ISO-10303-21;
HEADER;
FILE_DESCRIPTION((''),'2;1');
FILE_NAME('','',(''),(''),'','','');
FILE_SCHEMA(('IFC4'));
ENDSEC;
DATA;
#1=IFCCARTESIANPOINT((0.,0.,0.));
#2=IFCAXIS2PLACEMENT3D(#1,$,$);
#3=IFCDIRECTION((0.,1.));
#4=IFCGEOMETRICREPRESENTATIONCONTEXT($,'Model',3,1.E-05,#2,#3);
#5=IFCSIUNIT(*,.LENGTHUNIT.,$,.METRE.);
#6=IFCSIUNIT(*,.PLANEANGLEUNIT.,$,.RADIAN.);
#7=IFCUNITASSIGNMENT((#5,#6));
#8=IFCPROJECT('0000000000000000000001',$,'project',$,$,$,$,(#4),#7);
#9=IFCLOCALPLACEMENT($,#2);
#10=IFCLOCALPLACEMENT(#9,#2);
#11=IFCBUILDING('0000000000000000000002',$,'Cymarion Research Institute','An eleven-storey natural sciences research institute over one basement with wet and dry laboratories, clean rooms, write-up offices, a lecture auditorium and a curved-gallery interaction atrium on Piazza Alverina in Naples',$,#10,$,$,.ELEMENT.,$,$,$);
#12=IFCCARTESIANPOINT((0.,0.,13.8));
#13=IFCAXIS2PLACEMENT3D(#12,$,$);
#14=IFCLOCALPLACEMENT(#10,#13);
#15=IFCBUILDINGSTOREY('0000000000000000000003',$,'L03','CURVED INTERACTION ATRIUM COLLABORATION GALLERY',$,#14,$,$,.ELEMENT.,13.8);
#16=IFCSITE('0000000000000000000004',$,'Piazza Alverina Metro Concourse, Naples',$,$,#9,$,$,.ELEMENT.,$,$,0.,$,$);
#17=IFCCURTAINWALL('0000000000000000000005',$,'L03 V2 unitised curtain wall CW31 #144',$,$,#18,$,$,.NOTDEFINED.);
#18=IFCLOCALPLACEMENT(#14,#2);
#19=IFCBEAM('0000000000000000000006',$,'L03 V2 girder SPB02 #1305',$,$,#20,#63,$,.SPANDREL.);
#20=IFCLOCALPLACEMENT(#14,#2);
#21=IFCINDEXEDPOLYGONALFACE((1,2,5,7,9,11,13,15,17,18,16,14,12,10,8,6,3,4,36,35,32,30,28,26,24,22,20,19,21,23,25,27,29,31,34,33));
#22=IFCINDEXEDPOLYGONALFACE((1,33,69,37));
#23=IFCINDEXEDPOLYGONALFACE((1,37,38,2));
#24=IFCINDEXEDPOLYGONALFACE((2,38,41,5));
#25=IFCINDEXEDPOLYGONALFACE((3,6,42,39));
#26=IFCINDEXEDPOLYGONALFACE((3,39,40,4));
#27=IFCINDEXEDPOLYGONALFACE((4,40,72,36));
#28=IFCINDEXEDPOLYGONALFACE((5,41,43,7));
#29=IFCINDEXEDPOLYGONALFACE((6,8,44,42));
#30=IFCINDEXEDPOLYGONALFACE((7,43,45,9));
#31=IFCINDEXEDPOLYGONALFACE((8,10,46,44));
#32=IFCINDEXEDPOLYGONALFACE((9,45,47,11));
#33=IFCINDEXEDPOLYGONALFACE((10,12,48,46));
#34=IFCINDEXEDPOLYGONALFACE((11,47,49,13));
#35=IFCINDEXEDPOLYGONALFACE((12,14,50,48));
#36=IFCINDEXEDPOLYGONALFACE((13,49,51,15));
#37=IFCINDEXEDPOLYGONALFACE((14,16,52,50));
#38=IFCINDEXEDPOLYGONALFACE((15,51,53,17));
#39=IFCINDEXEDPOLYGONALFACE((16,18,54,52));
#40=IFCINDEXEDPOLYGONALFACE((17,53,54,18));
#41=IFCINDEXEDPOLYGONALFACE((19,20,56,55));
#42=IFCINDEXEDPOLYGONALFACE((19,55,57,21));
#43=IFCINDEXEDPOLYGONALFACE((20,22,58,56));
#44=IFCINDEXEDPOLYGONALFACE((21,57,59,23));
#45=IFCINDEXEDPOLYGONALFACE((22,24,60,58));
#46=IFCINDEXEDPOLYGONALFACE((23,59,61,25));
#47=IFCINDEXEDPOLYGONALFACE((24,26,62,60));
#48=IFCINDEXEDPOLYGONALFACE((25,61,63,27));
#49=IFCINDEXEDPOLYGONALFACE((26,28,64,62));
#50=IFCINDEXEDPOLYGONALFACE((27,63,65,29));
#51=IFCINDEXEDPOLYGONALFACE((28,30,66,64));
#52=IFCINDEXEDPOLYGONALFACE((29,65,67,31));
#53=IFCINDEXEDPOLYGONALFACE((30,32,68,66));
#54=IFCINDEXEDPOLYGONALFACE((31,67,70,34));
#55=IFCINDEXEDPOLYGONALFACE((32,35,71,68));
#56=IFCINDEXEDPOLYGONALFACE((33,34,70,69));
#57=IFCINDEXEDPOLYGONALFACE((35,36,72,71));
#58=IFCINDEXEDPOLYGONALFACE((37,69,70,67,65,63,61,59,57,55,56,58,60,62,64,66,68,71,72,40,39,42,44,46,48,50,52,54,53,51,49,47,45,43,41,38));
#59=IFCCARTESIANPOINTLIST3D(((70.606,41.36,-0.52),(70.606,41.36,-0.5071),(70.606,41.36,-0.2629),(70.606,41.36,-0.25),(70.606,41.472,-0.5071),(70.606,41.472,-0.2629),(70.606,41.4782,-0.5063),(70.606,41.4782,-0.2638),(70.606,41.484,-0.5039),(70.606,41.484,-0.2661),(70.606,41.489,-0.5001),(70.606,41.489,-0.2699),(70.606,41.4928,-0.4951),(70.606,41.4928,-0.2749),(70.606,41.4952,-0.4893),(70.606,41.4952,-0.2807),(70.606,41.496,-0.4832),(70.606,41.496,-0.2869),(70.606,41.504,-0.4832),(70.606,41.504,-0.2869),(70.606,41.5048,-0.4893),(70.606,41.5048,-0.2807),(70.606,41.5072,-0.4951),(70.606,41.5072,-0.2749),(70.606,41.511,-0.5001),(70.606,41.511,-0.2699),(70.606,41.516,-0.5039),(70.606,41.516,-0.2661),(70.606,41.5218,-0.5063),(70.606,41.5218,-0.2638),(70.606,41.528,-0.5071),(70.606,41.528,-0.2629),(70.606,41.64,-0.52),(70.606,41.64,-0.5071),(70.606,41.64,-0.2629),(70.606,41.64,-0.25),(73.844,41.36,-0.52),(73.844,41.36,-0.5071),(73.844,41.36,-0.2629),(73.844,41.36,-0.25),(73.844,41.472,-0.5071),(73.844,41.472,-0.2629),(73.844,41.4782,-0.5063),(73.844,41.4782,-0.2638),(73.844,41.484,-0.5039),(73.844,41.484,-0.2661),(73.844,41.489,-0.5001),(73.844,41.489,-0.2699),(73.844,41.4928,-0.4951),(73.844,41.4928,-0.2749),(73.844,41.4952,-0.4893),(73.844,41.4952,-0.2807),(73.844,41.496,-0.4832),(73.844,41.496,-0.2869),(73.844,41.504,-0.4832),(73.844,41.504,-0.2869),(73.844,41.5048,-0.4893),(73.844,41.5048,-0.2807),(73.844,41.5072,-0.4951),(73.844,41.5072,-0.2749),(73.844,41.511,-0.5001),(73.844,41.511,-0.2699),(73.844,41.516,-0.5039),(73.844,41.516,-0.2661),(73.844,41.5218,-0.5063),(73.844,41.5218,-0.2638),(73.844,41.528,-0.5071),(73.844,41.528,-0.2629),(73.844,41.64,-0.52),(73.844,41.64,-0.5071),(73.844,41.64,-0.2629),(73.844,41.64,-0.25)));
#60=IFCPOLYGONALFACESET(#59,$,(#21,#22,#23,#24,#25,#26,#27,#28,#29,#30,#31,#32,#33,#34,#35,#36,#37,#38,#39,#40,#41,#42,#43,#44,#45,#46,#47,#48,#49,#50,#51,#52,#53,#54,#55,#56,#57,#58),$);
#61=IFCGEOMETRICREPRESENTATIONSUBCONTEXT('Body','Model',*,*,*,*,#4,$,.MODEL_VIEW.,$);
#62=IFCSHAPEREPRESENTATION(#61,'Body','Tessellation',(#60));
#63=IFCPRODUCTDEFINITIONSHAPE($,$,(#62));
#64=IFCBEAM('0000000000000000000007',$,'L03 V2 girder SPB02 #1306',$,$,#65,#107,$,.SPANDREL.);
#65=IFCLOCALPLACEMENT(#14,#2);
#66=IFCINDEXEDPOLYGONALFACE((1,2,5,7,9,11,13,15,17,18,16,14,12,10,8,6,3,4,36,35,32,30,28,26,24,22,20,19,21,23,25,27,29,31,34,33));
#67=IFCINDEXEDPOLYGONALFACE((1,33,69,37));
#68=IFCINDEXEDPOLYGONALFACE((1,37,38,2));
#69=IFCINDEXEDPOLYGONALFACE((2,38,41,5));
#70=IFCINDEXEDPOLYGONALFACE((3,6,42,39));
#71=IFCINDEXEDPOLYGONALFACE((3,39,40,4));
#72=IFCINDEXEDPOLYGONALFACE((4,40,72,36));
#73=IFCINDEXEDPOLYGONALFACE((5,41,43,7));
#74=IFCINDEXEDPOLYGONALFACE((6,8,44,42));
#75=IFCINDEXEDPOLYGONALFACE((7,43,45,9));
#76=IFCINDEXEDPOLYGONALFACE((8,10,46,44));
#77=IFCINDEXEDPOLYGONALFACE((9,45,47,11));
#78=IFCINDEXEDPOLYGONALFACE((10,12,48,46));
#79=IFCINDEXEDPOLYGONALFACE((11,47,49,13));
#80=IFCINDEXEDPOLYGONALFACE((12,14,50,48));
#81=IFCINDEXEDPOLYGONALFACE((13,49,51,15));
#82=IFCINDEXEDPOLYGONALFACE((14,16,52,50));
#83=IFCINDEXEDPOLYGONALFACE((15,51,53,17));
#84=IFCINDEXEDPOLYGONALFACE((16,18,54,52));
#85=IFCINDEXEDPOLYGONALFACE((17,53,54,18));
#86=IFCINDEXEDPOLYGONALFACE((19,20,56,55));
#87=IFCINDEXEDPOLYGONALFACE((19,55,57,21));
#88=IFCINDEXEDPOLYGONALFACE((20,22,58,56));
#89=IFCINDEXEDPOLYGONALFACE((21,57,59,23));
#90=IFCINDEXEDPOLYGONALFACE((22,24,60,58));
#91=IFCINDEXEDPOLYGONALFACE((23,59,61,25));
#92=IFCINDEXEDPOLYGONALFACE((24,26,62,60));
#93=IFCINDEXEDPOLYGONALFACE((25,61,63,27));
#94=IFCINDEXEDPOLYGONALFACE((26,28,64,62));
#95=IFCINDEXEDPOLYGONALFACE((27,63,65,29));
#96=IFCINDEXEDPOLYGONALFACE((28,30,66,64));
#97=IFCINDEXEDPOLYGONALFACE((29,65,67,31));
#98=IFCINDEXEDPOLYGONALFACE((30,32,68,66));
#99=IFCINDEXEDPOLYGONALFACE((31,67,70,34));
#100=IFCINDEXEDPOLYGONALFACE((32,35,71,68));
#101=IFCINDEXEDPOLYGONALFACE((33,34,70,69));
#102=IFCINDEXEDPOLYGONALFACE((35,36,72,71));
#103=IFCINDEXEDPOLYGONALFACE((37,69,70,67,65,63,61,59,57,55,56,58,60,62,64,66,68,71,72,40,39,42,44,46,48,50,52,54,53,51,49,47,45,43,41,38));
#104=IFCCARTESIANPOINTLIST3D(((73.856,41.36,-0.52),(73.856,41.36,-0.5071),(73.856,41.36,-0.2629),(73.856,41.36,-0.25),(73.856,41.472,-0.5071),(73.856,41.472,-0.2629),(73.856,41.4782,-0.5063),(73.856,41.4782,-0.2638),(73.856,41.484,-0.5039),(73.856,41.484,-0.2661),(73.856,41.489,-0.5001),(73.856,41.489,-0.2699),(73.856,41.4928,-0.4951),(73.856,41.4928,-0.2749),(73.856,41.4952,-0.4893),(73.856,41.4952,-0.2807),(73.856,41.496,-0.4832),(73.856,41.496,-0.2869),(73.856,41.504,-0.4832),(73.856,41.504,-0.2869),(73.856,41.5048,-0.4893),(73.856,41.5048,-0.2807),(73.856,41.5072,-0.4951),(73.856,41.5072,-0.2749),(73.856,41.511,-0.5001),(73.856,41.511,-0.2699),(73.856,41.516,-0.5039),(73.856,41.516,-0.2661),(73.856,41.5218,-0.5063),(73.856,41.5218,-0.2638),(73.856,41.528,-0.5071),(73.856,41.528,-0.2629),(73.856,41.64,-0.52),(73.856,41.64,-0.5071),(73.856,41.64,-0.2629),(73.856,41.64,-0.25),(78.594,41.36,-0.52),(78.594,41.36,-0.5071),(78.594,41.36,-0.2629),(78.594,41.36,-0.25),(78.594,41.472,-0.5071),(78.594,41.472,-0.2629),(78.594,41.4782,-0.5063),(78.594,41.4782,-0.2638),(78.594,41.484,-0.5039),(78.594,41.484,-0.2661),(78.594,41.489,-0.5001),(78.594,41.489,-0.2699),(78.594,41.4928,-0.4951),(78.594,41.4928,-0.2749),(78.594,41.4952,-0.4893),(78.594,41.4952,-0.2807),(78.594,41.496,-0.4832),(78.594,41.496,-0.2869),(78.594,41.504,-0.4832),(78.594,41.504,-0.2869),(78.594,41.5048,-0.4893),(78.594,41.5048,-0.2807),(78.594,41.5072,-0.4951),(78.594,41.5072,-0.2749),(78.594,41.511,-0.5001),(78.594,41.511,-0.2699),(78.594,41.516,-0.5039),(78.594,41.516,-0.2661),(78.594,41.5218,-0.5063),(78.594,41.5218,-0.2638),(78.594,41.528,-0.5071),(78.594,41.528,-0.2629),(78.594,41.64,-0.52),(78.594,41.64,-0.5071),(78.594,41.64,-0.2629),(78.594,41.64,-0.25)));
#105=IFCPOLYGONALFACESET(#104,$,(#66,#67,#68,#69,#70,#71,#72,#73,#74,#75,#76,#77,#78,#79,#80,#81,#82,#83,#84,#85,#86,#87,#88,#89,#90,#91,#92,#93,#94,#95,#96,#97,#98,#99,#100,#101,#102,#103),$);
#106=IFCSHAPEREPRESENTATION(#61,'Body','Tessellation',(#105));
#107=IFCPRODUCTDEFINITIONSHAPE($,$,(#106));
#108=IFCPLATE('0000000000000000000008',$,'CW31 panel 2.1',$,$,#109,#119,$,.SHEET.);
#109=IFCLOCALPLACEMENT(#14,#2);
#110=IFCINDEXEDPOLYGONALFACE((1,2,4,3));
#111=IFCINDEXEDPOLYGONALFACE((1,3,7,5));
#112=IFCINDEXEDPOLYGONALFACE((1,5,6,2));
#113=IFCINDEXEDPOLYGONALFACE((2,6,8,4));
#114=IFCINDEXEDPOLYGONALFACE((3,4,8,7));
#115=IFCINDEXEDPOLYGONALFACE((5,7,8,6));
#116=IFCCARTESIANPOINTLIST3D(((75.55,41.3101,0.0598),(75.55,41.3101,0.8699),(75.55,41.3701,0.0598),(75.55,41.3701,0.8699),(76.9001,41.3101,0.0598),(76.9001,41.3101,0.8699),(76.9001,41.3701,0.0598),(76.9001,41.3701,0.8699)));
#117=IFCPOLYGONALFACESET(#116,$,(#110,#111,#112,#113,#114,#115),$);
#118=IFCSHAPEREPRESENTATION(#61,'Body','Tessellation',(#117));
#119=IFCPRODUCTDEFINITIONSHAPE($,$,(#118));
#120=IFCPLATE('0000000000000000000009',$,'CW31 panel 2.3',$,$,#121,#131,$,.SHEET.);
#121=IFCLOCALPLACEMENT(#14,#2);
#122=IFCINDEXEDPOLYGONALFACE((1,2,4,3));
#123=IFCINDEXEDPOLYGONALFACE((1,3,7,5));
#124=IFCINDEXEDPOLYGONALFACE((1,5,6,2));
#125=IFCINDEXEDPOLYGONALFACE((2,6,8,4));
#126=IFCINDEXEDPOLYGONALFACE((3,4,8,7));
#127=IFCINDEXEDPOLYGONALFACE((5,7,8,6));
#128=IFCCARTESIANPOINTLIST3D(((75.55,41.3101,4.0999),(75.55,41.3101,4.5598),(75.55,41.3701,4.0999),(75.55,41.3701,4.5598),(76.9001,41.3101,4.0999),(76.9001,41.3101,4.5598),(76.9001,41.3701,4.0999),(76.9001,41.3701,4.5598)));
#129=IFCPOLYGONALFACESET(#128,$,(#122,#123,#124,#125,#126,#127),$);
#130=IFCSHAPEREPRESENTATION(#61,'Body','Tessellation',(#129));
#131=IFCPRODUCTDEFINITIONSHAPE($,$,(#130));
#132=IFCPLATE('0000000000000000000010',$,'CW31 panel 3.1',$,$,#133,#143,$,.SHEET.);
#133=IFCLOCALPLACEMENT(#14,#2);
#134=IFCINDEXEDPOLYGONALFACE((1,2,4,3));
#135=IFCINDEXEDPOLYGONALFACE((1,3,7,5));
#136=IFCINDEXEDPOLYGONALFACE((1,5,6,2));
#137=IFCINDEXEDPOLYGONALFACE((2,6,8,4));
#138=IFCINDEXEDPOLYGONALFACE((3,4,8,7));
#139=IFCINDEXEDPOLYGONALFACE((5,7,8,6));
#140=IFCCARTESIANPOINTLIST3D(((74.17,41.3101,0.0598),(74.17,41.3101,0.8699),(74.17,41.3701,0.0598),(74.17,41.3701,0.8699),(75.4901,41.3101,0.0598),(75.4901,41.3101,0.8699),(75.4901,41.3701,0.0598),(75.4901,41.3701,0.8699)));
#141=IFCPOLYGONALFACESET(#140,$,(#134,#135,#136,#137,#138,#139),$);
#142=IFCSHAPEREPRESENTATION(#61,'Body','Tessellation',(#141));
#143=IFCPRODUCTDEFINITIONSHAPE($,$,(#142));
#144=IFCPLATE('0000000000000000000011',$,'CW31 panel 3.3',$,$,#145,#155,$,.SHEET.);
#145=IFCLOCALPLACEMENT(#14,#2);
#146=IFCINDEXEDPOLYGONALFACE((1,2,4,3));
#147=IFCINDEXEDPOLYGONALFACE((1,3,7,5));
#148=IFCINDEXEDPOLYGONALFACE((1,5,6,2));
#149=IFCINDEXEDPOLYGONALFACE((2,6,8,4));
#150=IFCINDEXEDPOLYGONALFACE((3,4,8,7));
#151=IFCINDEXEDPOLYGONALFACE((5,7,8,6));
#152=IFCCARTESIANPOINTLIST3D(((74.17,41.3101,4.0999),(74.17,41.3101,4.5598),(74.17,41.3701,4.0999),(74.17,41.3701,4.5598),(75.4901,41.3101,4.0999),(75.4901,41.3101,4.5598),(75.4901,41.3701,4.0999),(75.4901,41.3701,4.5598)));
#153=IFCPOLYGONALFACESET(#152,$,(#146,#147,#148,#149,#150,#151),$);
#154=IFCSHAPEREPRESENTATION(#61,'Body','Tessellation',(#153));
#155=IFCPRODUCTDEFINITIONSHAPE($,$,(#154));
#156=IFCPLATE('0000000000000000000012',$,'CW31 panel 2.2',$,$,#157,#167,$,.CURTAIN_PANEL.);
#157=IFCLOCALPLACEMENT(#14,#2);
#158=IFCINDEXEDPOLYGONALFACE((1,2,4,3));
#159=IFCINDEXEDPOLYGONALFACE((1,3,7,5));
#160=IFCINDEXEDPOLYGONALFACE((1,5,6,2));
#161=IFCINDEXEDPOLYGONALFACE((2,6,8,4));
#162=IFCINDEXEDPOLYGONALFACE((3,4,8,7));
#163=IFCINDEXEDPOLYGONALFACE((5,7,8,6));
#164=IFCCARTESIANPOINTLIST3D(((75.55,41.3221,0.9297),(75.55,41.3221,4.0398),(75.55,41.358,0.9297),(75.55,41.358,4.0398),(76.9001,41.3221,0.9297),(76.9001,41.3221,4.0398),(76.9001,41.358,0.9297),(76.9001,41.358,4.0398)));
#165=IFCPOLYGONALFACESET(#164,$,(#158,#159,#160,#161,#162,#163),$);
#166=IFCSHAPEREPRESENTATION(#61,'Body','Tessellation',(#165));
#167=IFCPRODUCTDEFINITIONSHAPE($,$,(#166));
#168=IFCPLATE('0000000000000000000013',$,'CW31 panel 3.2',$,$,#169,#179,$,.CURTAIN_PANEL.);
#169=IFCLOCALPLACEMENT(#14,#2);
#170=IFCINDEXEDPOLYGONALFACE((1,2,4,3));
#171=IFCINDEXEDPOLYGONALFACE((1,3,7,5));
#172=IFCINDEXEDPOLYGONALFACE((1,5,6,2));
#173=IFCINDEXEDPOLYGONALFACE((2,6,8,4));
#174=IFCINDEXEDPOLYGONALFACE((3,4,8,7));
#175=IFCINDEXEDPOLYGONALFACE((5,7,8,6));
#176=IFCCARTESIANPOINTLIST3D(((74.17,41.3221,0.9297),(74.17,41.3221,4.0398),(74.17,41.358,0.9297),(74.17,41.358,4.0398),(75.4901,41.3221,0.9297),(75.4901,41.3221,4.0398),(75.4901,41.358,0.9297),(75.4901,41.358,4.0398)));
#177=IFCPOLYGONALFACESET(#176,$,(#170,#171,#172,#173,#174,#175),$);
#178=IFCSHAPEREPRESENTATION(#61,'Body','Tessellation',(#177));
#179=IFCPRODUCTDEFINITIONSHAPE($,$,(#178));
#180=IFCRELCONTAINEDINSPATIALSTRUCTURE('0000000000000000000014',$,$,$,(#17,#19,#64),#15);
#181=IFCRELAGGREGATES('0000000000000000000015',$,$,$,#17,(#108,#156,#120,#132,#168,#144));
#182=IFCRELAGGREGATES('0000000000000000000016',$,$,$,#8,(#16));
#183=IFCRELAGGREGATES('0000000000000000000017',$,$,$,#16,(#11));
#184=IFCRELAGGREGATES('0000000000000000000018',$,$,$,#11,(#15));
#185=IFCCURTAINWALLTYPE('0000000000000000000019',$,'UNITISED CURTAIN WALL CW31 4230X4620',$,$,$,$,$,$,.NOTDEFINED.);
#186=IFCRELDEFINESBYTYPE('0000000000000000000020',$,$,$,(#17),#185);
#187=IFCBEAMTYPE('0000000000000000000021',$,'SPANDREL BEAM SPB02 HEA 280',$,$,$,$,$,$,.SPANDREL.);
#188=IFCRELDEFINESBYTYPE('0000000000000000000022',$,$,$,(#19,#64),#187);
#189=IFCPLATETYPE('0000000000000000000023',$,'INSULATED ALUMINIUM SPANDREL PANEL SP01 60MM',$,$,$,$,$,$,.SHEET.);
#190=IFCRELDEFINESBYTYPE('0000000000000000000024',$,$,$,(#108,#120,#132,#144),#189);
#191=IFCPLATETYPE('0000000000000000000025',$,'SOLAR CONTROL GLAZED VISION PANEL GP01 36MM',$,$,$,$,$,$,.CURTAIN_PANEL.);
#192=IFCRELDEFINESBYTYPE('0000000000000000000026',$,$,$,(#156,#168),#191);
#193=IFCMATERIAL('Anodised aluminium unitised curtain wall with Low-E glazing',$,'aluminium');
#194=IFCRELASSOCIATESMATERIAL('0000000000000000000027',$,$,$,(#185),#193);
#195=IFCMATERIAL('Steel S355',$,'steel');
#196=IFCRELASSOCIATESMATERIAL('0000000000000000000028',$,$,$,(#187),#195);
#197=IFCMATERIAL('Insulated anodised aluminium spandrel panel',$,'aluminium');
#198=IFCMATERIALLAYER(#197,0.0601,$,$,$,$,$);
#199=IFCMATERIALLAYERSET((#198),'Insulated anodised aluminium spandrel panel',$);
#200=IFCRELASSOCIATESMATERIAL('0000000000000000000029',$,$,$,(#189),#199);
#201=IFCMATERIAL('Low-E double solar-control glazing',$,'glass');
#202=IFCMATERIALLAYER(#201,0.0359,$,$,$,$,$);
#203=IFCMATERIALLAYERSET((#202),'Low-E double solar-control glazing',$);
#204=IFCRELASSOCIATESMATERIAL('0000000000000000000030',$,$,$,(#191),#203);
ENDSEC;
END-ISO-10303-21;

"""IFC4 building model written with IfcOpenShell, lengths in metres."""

from ifc_helpers import new_model, si_unit, direction, frame, origin, origin_2d, place, context, subcontext, project, spatial, rectangle, i_section, extrude, material, layer, layer_set, material_profile, profile_set, type_object, element, aggregate, save


model = new_model("IFC4")

# Units and contexts
model_context = context("Model", 3, precision=1e-05, world=origin(), true_north=direction((0.0, 1.0)))
body_context = subcontext(model_context, "Body", "Model", "MODEL_VIEW")
ifc_project = project(units=[si_unit("LENGTHUNIT", "METRE"), si_unit("PLANEANGLEUNIT", "RADIAN")], contexts=[model_context])

# Site, building, storey
site_placement = place(None, origin())
site = spatial("IfcSite", under=ifc_project, at=site_placement, Name="Piazza Alverina Metro Concourse, Naples", CompositionType="ELEMENT", RefElevation=0.0)
building_placement = place(site_placement, origin())
building = spatial("IfcBuilding", under=site, at=building_placement, Name="Cymarion Research Institute", Description="An eleven-storey natural sciences research institute over one basement with wet and dry laboratories, clean rooms, write-up offices, a lecture auditorium and a curved-gallery interaction atrium on Piazza Alverina in Naples", CompositionType="ELEMENT")
storey_placement = place(building_placement, frame((0.0, 0.0, 13.8)))
storey = spatial("IfcBuildingStorey", under=building, at=storey_placement, Name="L03", Description="CURVED INTERACTION ATRIUM COLLABORATION GALLERY", CompositionType="ELEMENT", Elevation=13.8)

# Shared definitions
ifc_material_1 = material(Name="Steel S355", Category="steel")

# Curtain wall
ifc_material_2 = material(Name="Anodised aluminium unitised curtain wall with Low-E glazing", Category="aluminium")
curtain_wall_type_1 = type_object("IfcCurtainWallType", Name="UNITISED CURTAIN WALL CW31 4230X4620", PredefinedType="NOTDEFINED", material=ifc_material_2)
curtain_wall_1_placement = place(storey_placement, origin())
curtain_wall_1 = element("IfcCurtainWall", 1, at=curtain_wall_1_placement, inside=storey, type_object=curtain_wall_type_1, Name="L03 V2 unitised curtain wall CW31 #144", PredefinedType="NOTDEFINED")

# Beams
ifc_material_profile_1 = material_profile(ifc_material_1, i_section(OverallWidth=0.28, OverallDepth=0.27, WebThickness=0.0081, FlangeThickness=0.0129, FilletRadius=0.0239, at=origin_2d()), Name="HEA 280")
ifc_profile_set_1 = profile_set([ifc_material_profile_1], Name="Steel S355")
beam_type = type_object("IfcBeamType", Name="SPANDREL BEAM SPB02 HEA 280", PredefinedType="SPANDREL", material=ifc_profile_set_1)
beam_1_placement = place(storey_placement, frame((70.606, 41.5, -0.385), z_axis=(1.0, 0.0, 0.0), x_axis=(0.0, 1.0, 0.0)))
element("IfcBeam", 2, at=beam_1_placement, inside=storey, type_object=beam_type, Name="L03 V2 girder SPB02 #1305", PredefinedType="SPANDREL", context=body_context, shape_type="SweptSolid", body=[
    extrude(i_section(OverallWidth=0.28, OverallDepth=0.27, WebThickness=0.0081, FlangeThickness=0.0129, FilletRadius=0.0239, at=origin_2d()), origin(), (0.0, 0.0, 1.0), 3.238),
])
beam_2_placement = place(storey_placement, frame((73.856, 41.5, -0.385), z_axis=(1.0, 0.0, 0.0), x_axis=(0.0, 1.0, 0.0)))
element("IfcBeam", 3, at=beam_2_placement, inside=storey, type_object=beam_type, Name="L03 V2 girder SPB02 #1306", PredefinedType="SPANDREL", context=body_context, shape_type="SweptSolid", body=[
    extrude(i_section(OverallWidth=0.28, OverallDepth=0.27, WebThickness=0.0081, FlangeThickness=0.0129, FilletRadius=0.0239, at=origin_2d()), origin(), (0.0, 0.0, 1.0), 4.738),
])

# Plates
ifc_material_3 = material(Name="Insulated anodised aluminium spandrel panel", Category="aluminium")
ifc_layer_1 = layer(ifc_material_3, 0.0601)
ifc_layer_set_1 = layer_set([ifc_layer_1], Name="Insulated anodised aluminium spandrel panel")
plate_type_1 = type_object("IfcPlateType", Name="INSULATED ALUMINIUM SPANDREL PANEL SP01 60MM", PredefinedType="SHEET", material=ifc_layer_set_1)
plate_1_placement = place(storey_placement, frame((76.2251, 41.3401, 0.0598), z_axis=(0.0, 0.0, 1.0), x_axis=(-1.0, 0.0, 0.0)))
plate_1 = element("IfcPlate", 4, at=plate_1_placement, type_object=plate_type_1, Name="CW31 panel 2.1", PredefinedType="SHEET", context=body_context, shape_type="SweptSolid", body=[
    extrude(rectangle(XDim=1.3501, YDim=0.0601, at=origin_2d()), origin(), (0.0, 0.0, 1.0), 0.8101),
])
plate_2_placement = place(storey_placement, frame((76.2251, 41.3401, 4.0999), z_axis=(0.0, 0.0, 1.0), x_axis=(-1.0, 0.0, 0.0)))
plate_2 = element("IfcPlate", 5, at=plate_2_placement, type_object=plate_type_1, Name="CW31 panel 2.3", PredefinedType="SHEET", context=body_context, shape_type="SweptSolid", body=[
    extrude(rectangle(XDim=1.3501, YDim=0.0601, at=origin_2d()), origin(), (0.0, 0.0, 1.0), 0.46),
])
plate_3_placement = place(storey_placement, frame((74.8301, 41.3401, 0.0598), z_axis=(0.0, 0.0, 1.0), x_axis=(-1.0, 0.0, 0.0)))
plate_3 = element("IfcPlate", 6, at=plate_3_placement, type_object=plate_type_1, Name="CW31 panel 3.1", PredefinedType="SHEET", context=body_context, shape_type="SweptSolid", body=[
    extrude(rectangle(XDim=1.3201, YDim=0.0601, at=origin_2d()), origin(), (0.0, 0.0, 1.0), 0.8101),
])
plate_4_placement = place(storey_placement, frame((74.8301, 41.3401, 4.0999), z_axis=(0.0, 0.0, 1.0), x_axis=(-1.0, 0.0, 0.0)))
plate_4 = element("IfcPlate", 7, at=plate_4_placement, type_object=plate_type_1, Name="CW31 panel 3.3", PredefinedType="SHEET", context=body_context, shape_type="SweptSolid", body=[
    extrude(rectangle(XDim=1.3201, YDim=0.0601, at=origin_2d()), origin(), (0.0, 0.0, 1.0), 0.46),
])
ifc_material_4 = material(Name="Low-E double solar-control glazing", Category="glass")
ifc_layer_2 = layer(ifc_material_4, 0.0359)
ifc_layer_set_2 = layer_set([ifc_layer_2], Name="Low-E double solar-control glazing")
plate_type_2 = type_object("IfcPlateType", Name="SOLAR CONTROL GLAZED VISION PANEL GP01 36MM", PredefinedType="CURTAIN_PANEL", material=ifc_layer_set_2)
plate_5_placement = place(storey_placement, frame((76.2251, 41.3401, 0.9297), z_axis=(0.0, 0.0, 1.0), x_axis=(-1.0, 0.0, 0.0)))
plate_5 = element("IfcPlate", 8, at=plate_5_placement, type_object=plate_type_2, Name="CW31 panel 2.2", PredefinedType="CURTAIN_PANEL", context=body_context, shape_type="SweptSolid", body=[
    extrude(rectangle(XDim=1.3501, YDim=0.0359, at=origin_2d()), origin(), (0.0, 0.0, 1.0), 3.1101),
])
plate_6_placement = place(storey_placement, frame((74.8301, 41.3401, 0.9297), z_axis=(0.0, 0.0, 1.0), x_axis=(-1.0, 0.0, 0.0)))
plate_6 = element("IfcPlate", 9, at=plate_6_placement, type_object=plate_type_2, Name="CW31 panel 3.2", PredefinedType="CURTAIN_PANEL", context=body_context, shape_type="SweptSolid", body=[
    extrude(rectangle(XDim=1.3201, YDim=0.0359, at=origin_2d()), origin(), (0.0, 0.0, 1.0), 3.1101),
])
aggregate(curtain_wall_1, [plate_1, plate_5, plate_2, plate_3, plate_6, plate_4])

save(model, "model.ifc")
